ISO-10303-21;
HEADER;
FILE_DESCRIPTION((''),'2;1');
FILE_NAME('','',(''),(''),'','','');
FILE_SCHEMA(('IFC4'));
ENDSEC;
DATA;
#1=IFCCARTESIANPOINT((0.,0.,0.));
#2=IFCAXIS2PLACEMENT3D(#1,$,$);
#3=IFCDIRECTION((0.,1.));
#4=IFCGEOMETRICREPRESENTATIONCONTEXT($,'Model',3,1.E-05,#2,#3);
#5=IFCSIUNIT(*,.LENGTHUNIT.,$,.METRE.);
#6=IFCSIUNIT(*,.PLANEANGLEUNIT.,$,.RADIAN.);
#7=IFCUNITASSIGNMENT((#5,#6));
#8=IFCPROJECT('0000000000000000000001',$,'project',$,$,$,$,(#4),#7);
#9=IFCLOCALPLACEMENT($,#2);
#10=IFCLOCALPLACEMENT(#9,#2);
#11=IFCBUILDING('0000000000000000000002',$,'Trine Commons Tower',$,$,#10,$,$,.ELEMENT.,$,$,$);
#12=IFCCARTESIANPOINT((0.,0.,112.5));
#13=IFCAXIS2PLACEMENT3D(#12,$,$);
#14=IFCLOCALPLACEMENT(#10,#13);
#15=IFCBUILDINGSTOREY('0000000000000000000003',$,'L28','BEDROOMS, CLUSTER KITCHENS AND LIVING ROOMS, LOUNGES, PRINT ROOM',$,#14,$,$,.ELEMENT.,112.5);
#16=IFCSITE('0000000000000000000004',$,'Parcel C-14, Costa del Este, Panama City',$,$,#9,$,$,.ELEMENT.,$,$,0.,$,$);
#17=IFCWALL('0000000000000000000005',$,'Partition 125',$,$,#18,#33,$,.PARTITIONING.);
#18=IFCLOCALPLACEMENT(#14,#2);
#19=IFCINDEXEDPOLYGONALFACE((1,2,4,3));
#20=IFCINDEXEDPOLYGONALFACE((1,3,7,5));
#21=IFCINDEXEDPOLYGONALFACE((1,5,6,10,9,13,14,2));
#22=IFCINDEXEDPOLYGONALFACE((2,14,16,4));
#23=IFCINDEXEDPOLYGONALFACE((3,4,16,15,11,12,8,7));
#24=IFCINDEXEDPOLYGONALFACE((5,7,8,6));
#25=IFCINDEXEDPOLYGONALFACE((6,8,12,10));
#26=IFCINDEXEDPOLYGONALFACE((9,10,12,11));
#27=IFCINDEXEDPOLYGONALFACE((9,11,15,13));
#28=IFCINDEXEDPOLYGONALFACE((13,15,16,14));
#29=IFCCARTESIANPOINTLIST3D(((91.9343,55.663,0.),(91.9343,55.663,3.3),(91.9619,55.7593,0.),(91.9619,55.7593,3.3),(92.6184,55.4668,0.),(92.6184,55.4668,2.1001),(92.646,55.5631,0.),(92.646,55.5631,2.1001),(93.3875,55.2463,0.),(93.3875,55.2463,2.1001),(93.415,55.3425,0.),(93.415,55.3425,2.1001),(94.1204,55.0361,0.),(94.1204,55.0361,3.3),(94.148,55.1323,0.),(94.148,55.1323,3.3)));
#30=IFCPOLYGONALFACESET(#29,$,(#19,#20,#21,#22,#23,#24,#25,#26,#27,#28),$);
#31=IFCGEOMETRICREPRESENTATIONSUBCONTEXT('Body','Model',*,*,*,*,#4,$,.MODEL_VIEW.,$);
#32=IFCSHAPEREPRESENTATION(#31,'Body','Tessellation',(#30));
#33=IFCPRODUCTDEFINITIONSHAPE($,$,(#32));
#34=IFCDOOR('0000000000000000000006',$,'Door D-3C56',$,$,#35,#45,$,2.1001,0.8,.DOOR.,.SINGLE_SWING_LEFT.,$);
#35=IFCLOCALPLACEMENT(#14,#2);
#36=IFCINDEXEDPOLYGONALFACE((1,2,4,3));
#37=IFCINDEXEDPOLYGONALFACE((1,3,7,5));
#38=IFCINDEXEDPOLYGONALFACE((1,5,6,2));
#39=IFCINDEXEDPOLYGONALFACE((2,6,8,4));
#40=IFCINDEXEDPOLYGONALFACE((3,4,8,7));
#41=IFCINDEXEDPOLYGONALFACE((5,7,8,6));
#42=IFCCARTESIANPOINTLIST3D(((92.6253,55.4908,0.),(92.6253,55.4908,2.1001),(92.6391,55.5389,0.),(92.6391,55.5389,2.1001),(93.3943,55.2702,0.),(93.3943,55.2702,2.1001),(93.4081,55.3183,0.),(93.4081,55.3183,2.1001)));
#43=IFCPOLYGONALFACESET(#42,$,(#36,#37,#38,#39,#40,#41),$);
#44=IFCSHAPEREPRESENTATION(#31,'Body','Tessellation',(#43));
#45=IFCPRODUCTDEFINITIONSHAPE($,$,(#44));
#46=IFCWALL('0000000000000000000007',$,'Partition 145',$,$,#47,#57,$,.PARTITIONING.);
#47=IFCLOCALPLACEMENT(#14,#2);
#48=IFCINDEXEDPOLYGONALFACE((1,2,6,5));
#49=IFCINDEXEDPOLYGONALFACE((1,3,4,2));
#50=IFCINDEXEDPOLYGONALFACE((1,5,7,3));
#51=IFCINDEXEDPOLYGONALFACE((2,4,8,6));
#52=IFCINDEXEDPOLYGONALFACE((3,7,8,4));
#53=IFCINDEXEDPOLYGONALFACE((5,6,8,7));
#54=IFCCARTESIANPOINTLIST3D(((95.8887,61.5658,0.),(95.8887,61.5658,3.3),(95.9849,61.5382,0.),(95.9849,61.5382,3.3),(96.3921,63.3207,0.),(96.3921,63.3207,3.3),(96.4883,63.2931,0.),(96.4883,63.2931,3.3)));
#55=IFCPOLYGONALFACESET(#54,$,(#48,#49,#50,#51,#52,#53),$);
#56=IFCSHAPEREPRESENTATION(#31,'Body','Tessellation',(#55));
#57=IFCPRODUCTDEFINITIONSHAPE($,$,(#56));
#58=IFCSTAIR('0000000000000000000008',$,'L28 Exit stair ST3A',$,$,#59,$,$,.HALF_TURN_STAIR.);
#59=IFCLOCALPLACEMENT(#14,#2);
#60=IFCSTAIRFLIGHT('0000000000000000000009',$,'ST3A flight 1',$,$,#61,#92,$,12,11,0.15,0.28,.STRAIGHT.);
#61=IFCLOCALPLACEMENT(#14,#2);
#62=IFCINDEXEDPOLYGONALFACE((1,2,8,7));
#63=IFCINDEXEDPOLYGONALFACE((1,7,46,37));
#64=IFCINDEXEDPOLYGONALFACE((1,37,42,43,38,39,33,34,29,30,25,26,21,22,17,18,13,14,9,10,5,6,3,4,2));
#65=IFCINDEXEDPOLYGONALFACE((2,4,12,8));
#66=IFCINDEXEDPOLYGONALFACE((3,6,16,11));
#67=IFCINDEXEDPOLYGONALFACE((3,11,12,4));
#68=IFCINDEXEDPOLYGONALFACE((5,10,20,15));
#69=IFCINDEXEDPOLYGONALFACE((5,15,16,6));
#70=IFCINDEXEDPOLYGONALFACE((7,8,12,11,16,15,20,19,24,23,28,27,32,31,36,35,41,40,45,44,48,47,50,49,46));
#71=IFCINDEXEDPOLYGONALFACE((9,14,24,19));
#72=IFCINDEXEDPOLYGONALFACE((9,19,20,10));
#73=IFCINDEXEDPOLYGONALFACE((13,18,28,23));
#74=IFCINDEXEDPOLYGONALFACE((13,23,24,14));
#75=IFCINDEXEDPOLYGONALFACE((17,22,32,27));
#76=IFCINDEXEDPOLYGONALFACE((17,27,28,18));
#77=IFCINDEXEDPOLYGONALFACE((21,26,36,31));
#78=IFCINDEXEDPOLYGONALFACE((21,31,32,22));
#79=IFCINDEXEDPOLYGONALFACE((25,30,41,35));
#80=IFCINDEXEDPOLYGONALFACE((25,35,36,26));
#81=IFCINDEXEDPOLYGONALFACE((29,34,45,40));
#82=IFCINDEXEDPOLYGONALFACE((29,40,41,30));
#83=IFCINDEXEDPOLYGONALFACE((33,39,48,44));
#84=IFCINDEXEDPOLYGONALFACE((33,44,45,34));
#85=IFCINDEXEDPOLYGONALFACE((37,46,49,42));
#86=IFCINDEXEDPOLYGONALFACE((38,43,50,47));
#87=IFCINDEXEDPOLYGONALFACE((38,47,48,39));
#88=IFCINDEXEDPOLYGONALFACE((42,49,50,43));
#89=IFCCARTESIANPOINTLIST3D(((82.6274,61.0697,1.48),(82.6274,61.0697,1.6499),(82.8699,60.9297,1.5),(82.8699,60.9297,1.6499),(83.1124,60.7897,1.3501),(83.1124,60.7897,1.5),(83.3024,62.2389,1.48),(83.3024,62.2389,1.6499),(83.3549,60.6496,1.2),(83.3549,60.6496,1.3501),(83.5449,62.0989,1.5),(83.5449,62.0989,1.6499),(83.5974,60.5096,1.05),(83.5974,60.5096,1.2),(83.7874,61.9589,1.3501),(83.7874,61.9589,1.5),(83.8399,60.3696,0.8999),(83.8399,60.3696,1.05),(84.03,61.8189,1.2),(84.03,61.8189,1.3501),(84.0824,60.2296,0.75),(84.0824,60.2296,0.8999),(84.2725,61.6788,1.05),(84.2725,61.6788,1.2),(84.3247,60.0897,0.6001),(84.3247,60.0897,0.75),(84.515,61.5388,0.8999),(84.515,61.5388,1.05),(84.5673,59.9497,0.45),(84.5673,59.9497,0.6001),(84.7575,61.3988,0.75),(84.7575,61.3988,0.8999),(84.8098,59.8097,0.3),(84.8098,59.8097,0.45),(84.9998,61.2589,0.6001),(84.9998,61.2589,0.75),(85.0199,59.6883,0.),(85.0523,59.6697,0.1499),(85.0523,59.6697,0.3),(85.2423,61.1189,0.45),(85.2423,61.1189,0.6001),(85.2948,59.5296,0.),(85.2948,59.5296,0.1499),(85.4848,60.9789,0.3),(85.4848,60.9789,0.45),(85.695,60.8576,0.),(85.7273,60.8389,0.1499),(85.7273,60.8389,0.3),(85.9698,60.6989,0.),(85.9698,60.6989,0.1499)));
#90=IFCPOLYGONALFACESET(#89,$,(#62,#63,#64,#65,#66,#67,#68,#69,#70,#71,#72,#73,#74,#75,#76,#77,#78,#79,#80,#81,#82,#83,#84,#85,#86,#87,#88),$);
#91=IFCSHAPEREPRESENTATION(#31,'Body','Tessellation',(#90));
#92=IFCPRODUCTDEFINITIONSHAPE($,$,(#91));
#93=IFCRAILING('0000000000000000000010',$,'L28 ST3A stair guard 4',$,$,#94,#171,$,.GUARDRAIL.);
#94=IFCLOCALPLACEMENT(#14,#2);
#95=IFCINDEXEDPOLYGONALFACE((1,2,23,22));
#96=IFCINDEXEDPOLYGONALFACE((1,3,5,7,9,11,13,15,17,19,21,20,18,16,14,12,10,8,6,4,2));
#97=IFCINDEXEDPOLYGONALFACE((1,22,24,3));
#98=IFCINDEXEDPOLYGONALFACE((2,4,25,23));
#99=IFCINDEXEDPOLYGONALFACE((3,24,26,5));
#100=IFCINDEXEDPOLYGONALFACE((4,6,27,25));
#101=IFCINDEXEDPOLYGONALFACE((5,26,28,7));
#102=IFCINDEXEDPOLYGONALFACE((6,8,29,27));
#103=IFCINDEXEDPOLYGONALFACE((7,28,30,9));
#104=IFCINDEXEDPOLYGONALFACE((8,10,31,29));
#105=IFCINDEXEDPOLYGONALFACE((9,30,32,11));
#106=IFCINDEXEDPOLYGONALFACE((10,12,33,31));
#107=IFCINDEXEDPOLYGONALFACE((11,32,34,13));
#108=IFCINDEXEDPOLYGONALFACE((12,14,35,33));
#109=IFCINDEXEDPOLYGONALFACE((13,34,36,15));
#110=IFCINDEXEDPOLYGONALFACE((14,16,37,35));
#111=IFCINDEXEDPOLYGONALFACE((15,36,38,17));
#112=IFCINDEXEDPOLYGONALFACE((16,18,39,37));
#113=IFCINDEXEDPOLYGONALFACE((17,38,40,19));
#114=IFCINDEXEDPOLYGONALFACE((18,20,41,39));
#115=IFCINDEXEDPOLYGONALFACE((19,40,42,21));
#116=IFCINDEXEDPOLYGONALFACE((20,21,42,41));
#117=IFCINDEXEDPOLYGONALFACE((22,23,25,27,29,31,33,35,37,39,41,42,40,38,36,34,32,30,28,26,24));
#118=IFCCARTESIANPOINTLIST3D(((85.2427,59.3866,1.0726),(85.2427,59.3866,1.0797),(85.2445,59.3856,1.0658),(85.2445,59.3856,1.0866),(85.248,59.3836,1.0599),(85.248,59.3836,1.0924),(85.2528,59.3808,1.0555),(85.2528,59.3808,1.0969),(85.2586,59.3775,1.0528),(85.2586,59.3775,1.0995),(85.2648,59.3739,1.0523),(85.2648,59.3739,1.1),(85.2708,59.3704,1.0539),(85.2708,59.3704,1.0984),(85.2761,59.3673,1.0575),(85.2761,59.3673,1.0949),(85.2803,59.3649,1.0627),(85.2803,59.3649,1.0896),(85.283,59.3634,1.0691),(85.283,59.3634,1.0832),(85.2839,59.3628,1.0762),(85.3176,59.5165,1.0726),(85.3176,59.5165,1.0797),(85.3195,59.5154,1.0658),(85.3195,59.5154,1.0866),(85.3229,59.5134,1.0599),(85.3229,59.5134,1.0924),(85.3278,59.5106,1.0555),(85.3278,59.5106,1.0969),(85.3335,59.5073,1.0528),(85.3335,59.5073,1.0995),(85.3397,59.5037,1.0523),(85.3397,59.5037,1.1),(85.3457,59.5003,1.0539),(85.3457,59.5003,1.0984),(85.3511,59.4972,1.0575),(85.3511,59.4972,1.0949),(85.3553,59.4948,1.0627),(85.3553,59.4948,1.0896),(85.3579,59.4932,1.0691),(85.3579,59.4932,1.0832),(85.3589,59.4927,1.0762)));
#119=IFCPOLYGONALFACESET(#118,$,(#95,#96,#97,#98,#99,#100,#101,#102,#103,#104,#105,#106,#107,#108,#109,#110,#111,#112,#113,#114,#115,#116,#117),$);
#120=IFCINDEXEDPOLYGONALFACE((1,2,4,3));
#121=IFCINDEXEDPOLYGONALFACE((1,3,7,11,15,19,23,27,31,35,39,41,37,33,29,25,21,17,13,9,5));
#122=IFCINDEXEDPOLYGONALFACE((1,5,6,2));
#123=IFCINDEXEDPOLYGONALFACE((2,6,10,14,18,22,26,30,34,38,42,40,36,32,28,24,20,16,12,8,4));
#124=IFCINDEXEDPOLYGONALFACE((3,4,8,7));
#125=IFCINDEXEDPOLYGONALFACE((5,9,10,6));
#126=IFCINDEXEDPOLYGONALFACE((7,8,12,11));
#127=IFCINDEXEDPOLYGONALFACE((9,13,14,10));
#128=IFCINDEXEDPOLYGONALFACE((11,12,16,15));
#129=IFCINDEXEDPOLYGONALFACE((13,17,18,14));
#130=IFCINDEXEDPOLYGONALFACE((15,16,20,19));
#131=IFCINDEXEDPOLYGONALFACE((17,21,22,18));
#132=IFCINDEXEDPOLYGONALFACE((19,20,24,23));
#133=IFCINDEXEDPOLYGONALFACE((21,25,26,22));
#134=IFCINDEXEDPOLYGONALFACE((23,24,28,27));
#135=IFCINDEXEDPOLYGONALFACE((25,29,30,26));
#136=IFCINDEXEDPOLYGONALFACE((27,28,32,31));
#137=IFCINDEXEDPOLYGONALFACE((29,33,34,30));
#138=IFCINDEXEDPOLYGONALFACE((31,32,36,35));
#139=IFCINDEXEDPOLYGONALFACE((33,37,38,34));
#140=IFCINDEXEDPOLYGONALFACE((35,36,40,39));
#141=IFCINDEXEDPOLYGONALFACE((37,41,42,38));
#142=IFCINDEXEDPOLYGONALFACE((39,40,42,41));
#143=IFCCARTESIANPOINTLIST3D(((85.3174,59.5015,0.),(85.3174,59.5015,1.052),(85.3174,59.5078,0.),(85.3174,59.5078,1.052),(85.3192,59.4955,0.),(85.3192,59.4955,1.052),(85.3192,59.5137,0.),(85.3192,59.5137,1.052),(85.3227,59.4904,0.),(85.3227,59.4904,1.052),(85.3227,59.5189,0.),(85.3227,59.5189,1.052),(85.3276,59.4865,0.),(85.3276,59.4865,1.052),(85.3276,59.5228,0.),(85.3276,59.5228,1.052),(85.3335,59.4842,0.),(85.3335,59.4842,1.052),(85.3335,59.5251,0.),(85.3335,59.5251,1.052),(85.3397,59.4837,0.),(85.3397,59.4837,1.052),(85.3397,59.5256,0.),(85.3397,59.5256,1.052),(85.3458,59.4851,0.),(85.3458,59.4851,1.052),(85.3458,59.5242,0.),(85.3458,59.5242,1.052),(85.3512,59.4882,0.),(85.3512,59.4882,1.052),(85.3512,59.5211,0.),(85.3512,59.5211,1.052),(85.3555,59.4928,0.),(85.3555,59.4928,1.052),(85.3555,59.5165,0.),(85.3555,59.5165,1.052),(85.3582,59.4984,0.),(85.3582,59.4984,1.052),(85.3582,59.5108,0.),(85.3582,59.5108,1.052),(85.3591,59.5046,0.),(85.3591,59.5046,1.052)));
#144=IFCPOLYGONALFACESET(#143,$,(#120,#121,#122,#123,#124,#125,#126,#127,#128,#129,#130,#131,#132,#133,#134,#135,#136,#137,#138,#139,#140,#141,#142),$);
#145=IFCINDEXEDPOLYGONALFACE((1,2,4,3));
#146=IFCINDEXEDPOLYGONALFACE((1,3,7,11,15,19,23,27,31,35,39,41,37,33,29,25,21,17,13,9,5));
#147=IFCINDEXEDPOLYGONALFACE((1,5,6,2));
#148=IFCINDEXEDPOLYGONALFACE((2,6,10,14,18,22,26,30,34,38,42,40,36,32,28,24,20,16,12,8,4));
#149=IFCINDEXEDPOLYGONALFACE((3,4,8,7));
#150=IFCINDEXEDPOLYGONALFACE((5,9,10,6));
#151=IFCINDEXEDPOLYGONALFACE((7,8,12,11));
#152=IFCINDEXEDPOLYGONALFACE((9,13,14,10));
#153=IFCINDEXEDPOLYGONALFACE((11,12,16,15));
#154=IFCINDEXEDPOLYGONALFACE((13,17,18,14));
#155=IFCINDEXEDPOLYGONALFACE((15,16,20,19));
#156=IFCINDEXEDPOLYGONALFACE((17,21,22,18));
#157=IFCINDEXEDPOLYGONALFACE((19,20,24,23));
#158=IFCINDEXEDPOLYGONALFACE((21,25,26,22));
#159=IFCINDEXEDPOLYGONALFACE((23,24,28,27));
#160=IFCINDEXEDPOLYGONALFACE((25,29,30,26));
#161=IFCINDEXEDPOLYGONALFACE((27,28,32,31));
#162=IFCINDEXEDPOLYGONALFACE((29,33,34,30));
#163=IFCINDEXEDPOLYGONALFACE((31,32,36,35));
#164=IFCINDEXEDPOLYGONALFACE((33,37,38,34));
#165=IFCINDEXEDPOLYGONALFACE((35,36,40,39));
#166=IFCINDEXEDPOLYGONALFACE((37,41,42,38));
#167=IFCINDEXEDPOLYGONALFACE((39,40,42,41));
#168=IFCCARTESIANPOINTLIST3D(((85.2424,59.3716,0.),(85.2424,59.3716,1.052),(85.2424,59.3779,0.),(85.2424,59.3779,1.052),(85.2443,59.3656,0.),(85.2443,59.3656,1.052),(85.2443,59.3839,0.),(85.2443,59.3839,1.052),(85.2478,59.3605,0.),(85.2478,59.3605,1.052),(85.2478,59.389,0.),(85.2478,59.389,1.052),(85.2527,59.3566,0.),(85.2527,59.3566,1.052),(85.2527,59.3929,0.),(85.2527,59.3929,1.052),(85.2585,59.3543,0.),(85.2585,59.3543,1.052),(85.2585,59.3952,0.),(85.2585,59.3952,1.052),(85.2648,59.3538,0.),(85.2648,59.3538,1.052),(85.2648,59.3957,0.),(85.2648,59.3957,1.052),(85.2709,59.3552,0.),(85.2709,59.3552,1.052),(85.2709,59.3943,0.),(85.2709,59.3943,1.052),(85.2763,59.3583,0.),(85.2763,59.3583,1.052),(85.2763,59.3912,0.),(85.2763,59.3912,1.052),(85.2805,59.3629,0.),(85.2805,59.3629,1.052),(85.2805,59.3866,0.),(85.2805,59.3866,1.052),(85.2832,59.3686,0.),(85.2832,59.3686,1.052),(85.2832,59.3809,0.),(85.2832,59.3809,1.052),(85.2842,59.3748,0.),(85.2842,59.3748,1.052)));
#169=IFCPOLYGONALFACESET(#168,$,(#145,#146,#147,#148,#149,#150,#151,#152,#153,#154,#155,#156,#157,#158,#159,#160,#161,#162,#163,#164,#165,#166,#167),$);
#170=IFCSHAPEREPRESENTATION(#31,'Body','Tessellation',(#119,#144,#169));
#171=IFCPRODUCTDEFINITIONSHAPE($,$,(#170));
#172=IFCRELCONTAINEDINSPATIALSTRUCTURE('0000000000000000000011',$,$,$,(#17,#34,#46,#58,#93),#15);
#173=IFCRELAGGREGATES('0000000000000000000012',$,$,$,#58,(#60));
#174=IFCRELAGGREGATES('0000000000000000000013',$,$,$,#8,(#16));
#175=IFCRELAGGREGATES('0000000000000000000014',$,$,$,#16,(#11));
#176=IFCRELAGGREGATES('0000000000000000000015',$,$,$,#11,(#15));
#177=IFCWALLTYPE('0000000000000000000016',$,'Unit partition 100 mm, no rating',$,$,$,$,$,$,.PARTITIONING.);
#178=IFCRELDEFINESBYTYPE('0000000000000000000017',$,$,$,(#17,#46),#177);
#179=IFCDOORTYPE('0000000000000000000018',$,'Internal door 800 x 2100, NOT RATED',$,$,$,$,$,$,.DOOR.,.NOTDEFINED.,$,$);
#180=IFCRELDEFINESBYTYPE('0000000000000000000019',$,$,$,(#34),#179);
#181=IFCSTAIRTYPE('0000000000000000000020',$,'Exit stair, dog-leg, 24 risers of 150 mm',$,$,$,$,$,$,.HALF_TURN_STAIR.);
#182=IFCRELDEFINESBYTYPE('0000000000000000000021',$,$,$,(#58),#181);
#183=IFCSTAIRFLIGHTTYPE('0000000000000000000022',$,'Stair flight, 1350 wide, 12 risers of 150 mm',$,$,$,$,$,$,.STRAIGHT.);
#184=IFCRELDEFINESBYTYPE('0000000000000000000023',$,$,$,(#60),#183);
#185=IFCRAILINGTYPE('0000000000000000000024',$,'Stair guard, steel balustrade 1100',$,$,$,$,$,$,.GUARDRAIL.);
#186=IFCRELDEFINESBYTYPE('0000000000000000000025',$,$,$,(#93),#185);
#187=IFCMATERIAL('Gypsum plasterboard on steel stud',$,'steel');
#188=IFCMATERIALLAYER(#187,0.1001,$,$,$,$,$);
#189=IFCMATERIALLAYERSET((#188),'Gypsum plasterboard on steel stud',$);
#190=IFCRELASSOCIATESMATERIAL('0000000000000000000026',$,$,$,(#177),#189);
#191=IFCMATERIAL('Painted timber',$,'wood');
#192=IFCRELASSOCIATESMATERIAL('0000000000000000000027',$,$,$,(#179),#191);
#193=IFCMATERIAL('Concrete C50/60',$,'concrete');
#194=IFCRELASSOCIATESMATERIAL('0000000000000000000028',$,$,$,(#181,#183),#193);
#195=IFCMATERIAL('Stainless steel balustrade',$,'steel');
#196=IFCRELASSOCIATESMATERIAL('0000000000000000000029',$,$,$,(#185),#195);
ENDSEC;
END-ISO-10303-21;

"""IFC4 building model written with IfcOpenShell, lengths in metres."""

from ifc_helpers import new_model, si_unit, direction, frame, frame_2d, origin, origin_2d, place, context, subcontext, project, spatial, polyline, rectangle, circle, outline, extrude, material, layer, layer_set, type_object, element, fill, aggregate, save


model = new_model("IFC4")

# Units and contexts
model_context = context("Model", 3, precision=1e-05, world=origin(), true_north=direction((0.0, 1.0)))
body_context = subcontext(model_context, "Body", "Model", "MODEL_VIEW")
ifc_project = project(units=[si_unit("LENGTHUNIT", "METRE"), si_unit("PLANEANGLEUNIT", "RADIAN")], contexts=[model_context])

# Site, building, storey
site_placement = place(None, origin())
site = spatial("IfcSite", under=ifc_project, at=site_placement, Name="Parcel C-14, Costa del Este, Panama City", CompositionType="ELEMENT", RefElevation=0.0)
building_placement = place(site_placement, origin())
building = spatial("IfcBuilding", under=site, at=building_placement, Name="Trine Commons Tower", CompositionType="ELEMENT")
storey_placement = place(building_placement, frame((0.0, 0.0, 112.5)))
storey = spatial("IfcBuildingStorey", under=building, at=storey_placement, Name="L28", Description="BEDROOMS, CLUSTER KITCHENS AND LIVING ROOMS, LOUNGES, PRINT ROOM", CompositionType="ELEMENT", Elevation=112.5)

# Shared definitions
ifc_material_1 = material(Name="Concrete C50/60", Category="concrete")

# Shared definitions
ifc_material_2 = material(Name="Gypsum plasterboard on steel stud", Category="steel")

# Wall, opening, door
ifc_layer_1 = layer(ifc_material_2, 0.1001)
ifc_layer_set_1 = layer_set([ifc_layer_1], Name="Gypsum plasterboard on steel stud")
wall_type_1 = type_object("IfcWallType", Name="Unit partition 100 mm, no rating", PredefinedType="PARTITIONING", material=ifc_layer_set_1)
wall_1_placement = place(storey_placement, frame((91.948, 55.7112, 0.0), z_axis=(0.0, 0.0, 1.0), x_axis=(0.961248, -0.275685, 0.0)))
wall_1 = element("IfcWall", 1, at=wall_1_placement, inside=storey, type_object=wall_type_1, Name="Partition 125", PredefinedType="PARTITIONING", context=body_context, shape_type="SweptSolid", body=[
    extrude(rectangle(XDim=2.2742, YDim=0.1001, at=frame_2d((1.1372, 0.0))), origin(), (0.0, 0.0, 1.0), 3.3),
])
opening_1_placement = place(wall_1_placement, frame((0.7119, 0.0, 0.0)))
opening_1 = element("IfcOpeningElement", 2, at=opening_1_placement, cuts=wall_1, PredefinedType="OPENING", context=body_context, shape_type="SweptSolid", body=[
    extrude(rectangle(XDim=0.8, YDim=2.1001, at=frame_2d((0.3999, 1.05))), frame((0.0, 0.0601, 0.0), z_axis=(0.0, -1.0, 0.0), x_axis=(1.0, 0.0, 0.0)), (0.0, 0.0, 1.0), 0.1201),
])
ifc_material_3 = material(Name="Painted timber", Category="wood")
door_type_1 = type_object("IfcDoorType", Name="Internal door 800 x 2100, NOT RATED", OperationType="NOTDEFINED", PredefinedType="DOOR", material=ifc_material_3)
door_1_placement = place(opening_1_placement, origin())
door_1 = element("IfcDoor", 3, at=door_1_placement, inside=storey, type_object=door_type_1, Name="Door D-3C56", OperationType="SINGLE_SWING_LEFT", OverallHeight=2.1001, OverallWidth=0.8, PredefinedType="DOOR", context=body_context, shape_type="SweptSolid", body=[
    extrude(rectangle(XDim=0.8, YDim=2.1001, at=frame_2d((0.3999, 1.05))), frame((0.0, 0.0249, 0.0), z_axis=(0.0, -1.0, 0.0), x_axis=(1.0, 0.0, 0.0)), (0.0, 0.0, 1.0), 0.05),
])
fill(opening_1, door_1)

# Wall
wall_2_placement = place(storey_placement, frame((95.9368, 61.552, 0.0), z_axis=(0.0, 0.0, 1.0), x_axis=(0.275745, 0.961231, 0.0)))
element("IfcWall", 4, at=wall_2_placement, inside=storey, type_object=wall_type_1, Name="Partition 145", PredefinedType="PARTITIONING", context=body_context, shape_type="SweptSolid", body=[
    extrude(rectangle(XDim=1.8257, YDim=0.1001, at=frame_2d((0.9128, 0.0))), origin(), (0.0, 0.0, 1.0), 3.3),
])

# Stair, stair flight
stair_type = type_object("IfcStairType", Name="Exit stair, dog-leg, 24 risers of 150 mm", PredefinedType="HALF_TURN_STAIR", material=ifc_material_1)
stair_placement = place(storey_placement, origin())
stair = element("IfcStair", 5, at=stair_placement, inside=storey, type_object=stair_type, Name="L28 Exit stair ST3A", PredefinedType="HALF_TURN_STAIR")
stair_flight_type = type_object("IfcStairFlightType", Name="Stair flight, 1350 wide, 12 risers of 150 mm", PredefinedType="STRAIGHT", material=ifc_material_1)
stair_flight_placement = place(storey_placement, frame((85.6323, 60.1143, 0.0), z_axis=(0.0, 0.0, 1.0), x_axis=(-0.866025, 0.5, 0.0)))
stair_flight = element("IfcStairFlight", 6, at=stair_flight_placement, type_object=stair_flight_type, Name="ST3A flight 1", NumberOfRisers=12, NumberOfTreads=11, PredefinedType="STRAIGHT", RiserHeight=0.15, TreadLength=0.28, context=body_context, shape_type="SweptSolid", body=[
    extrude(outline(polyline([(0.0, 0.0), (0.0, 0.1499), (0.28, 0.1499), (0.28, 0.3), (0.5601, 0.3), (0.5601, 0.45), (0.8401, 0.45), (0.8401, 0.6001), (1.1201, 0.6001), (1.1201, 0.75), (1.3999, 0.75), (1.3999, 0.8999), (1.6799, 0.8999), (1.6799, 1.05), (1.96, 1.05), (1.96, 1.2), (2.24, 1.2), (2.24, 1.3501), (2.52, 1.3501), (2.52, 1.5), (2.8, 1.5), (2.8, 1.6499), (3.0801, 1.6499), (3.0801, 1.8), (3.0801, 1.48), (0.3174, 0.0), (0.0, 0.0)])), frame((0.0, 0.675, 0.0), z_axis=(0.0, -1.0, 0.0), x_axis=(1.0, 0.0, 0.0)), (0.0, 0.0, 1.0), 1.3501),
])
aggregate(stair, [stair_flight])

# Railing
ifc_material_4 = material(Name="Stainless steel balustrade", Category="steel")
railing_type_1 = type_object("IfcRailingType", Name="Stair guard, steel balustrade 1100", PredefinedType="GUARDRAIL", material=ifc_material_4)
railing_1_placement = place(storey_placement, frame((85.3381, 59.5046, 0.0)))
element("IfcRailing", 7, at=railing_1_placement, inside=storey, type_object=railing_type_1, Name="L28 ST3A stair guard 4", PredefinedType="GUARDRAIL", context=body_context, shape_type="SweptSolid", body=[
    extrude(circle(Radius=0.0239, at=origin_2d()), frame((0.0, 0.0, 1.0762), z_axis=(-0.499816, -0.866131, 0.0), x_axis=(0.866131, -0.499816, 0.0)), (0.0, 0.0, 1.0), 0.1499),
    extrude(circle(Radius=0.021, at=origin_2d()), origin(), (0.0, 0.0, 1.0), 1.052),
    extrude(circle(Radius=0.021, at=origin_2d()), frame((-0.075, -0.1299, 0.0)), (0.0, 0.0, 1.0), 1.052),
])

save(model, "model.ifc")
